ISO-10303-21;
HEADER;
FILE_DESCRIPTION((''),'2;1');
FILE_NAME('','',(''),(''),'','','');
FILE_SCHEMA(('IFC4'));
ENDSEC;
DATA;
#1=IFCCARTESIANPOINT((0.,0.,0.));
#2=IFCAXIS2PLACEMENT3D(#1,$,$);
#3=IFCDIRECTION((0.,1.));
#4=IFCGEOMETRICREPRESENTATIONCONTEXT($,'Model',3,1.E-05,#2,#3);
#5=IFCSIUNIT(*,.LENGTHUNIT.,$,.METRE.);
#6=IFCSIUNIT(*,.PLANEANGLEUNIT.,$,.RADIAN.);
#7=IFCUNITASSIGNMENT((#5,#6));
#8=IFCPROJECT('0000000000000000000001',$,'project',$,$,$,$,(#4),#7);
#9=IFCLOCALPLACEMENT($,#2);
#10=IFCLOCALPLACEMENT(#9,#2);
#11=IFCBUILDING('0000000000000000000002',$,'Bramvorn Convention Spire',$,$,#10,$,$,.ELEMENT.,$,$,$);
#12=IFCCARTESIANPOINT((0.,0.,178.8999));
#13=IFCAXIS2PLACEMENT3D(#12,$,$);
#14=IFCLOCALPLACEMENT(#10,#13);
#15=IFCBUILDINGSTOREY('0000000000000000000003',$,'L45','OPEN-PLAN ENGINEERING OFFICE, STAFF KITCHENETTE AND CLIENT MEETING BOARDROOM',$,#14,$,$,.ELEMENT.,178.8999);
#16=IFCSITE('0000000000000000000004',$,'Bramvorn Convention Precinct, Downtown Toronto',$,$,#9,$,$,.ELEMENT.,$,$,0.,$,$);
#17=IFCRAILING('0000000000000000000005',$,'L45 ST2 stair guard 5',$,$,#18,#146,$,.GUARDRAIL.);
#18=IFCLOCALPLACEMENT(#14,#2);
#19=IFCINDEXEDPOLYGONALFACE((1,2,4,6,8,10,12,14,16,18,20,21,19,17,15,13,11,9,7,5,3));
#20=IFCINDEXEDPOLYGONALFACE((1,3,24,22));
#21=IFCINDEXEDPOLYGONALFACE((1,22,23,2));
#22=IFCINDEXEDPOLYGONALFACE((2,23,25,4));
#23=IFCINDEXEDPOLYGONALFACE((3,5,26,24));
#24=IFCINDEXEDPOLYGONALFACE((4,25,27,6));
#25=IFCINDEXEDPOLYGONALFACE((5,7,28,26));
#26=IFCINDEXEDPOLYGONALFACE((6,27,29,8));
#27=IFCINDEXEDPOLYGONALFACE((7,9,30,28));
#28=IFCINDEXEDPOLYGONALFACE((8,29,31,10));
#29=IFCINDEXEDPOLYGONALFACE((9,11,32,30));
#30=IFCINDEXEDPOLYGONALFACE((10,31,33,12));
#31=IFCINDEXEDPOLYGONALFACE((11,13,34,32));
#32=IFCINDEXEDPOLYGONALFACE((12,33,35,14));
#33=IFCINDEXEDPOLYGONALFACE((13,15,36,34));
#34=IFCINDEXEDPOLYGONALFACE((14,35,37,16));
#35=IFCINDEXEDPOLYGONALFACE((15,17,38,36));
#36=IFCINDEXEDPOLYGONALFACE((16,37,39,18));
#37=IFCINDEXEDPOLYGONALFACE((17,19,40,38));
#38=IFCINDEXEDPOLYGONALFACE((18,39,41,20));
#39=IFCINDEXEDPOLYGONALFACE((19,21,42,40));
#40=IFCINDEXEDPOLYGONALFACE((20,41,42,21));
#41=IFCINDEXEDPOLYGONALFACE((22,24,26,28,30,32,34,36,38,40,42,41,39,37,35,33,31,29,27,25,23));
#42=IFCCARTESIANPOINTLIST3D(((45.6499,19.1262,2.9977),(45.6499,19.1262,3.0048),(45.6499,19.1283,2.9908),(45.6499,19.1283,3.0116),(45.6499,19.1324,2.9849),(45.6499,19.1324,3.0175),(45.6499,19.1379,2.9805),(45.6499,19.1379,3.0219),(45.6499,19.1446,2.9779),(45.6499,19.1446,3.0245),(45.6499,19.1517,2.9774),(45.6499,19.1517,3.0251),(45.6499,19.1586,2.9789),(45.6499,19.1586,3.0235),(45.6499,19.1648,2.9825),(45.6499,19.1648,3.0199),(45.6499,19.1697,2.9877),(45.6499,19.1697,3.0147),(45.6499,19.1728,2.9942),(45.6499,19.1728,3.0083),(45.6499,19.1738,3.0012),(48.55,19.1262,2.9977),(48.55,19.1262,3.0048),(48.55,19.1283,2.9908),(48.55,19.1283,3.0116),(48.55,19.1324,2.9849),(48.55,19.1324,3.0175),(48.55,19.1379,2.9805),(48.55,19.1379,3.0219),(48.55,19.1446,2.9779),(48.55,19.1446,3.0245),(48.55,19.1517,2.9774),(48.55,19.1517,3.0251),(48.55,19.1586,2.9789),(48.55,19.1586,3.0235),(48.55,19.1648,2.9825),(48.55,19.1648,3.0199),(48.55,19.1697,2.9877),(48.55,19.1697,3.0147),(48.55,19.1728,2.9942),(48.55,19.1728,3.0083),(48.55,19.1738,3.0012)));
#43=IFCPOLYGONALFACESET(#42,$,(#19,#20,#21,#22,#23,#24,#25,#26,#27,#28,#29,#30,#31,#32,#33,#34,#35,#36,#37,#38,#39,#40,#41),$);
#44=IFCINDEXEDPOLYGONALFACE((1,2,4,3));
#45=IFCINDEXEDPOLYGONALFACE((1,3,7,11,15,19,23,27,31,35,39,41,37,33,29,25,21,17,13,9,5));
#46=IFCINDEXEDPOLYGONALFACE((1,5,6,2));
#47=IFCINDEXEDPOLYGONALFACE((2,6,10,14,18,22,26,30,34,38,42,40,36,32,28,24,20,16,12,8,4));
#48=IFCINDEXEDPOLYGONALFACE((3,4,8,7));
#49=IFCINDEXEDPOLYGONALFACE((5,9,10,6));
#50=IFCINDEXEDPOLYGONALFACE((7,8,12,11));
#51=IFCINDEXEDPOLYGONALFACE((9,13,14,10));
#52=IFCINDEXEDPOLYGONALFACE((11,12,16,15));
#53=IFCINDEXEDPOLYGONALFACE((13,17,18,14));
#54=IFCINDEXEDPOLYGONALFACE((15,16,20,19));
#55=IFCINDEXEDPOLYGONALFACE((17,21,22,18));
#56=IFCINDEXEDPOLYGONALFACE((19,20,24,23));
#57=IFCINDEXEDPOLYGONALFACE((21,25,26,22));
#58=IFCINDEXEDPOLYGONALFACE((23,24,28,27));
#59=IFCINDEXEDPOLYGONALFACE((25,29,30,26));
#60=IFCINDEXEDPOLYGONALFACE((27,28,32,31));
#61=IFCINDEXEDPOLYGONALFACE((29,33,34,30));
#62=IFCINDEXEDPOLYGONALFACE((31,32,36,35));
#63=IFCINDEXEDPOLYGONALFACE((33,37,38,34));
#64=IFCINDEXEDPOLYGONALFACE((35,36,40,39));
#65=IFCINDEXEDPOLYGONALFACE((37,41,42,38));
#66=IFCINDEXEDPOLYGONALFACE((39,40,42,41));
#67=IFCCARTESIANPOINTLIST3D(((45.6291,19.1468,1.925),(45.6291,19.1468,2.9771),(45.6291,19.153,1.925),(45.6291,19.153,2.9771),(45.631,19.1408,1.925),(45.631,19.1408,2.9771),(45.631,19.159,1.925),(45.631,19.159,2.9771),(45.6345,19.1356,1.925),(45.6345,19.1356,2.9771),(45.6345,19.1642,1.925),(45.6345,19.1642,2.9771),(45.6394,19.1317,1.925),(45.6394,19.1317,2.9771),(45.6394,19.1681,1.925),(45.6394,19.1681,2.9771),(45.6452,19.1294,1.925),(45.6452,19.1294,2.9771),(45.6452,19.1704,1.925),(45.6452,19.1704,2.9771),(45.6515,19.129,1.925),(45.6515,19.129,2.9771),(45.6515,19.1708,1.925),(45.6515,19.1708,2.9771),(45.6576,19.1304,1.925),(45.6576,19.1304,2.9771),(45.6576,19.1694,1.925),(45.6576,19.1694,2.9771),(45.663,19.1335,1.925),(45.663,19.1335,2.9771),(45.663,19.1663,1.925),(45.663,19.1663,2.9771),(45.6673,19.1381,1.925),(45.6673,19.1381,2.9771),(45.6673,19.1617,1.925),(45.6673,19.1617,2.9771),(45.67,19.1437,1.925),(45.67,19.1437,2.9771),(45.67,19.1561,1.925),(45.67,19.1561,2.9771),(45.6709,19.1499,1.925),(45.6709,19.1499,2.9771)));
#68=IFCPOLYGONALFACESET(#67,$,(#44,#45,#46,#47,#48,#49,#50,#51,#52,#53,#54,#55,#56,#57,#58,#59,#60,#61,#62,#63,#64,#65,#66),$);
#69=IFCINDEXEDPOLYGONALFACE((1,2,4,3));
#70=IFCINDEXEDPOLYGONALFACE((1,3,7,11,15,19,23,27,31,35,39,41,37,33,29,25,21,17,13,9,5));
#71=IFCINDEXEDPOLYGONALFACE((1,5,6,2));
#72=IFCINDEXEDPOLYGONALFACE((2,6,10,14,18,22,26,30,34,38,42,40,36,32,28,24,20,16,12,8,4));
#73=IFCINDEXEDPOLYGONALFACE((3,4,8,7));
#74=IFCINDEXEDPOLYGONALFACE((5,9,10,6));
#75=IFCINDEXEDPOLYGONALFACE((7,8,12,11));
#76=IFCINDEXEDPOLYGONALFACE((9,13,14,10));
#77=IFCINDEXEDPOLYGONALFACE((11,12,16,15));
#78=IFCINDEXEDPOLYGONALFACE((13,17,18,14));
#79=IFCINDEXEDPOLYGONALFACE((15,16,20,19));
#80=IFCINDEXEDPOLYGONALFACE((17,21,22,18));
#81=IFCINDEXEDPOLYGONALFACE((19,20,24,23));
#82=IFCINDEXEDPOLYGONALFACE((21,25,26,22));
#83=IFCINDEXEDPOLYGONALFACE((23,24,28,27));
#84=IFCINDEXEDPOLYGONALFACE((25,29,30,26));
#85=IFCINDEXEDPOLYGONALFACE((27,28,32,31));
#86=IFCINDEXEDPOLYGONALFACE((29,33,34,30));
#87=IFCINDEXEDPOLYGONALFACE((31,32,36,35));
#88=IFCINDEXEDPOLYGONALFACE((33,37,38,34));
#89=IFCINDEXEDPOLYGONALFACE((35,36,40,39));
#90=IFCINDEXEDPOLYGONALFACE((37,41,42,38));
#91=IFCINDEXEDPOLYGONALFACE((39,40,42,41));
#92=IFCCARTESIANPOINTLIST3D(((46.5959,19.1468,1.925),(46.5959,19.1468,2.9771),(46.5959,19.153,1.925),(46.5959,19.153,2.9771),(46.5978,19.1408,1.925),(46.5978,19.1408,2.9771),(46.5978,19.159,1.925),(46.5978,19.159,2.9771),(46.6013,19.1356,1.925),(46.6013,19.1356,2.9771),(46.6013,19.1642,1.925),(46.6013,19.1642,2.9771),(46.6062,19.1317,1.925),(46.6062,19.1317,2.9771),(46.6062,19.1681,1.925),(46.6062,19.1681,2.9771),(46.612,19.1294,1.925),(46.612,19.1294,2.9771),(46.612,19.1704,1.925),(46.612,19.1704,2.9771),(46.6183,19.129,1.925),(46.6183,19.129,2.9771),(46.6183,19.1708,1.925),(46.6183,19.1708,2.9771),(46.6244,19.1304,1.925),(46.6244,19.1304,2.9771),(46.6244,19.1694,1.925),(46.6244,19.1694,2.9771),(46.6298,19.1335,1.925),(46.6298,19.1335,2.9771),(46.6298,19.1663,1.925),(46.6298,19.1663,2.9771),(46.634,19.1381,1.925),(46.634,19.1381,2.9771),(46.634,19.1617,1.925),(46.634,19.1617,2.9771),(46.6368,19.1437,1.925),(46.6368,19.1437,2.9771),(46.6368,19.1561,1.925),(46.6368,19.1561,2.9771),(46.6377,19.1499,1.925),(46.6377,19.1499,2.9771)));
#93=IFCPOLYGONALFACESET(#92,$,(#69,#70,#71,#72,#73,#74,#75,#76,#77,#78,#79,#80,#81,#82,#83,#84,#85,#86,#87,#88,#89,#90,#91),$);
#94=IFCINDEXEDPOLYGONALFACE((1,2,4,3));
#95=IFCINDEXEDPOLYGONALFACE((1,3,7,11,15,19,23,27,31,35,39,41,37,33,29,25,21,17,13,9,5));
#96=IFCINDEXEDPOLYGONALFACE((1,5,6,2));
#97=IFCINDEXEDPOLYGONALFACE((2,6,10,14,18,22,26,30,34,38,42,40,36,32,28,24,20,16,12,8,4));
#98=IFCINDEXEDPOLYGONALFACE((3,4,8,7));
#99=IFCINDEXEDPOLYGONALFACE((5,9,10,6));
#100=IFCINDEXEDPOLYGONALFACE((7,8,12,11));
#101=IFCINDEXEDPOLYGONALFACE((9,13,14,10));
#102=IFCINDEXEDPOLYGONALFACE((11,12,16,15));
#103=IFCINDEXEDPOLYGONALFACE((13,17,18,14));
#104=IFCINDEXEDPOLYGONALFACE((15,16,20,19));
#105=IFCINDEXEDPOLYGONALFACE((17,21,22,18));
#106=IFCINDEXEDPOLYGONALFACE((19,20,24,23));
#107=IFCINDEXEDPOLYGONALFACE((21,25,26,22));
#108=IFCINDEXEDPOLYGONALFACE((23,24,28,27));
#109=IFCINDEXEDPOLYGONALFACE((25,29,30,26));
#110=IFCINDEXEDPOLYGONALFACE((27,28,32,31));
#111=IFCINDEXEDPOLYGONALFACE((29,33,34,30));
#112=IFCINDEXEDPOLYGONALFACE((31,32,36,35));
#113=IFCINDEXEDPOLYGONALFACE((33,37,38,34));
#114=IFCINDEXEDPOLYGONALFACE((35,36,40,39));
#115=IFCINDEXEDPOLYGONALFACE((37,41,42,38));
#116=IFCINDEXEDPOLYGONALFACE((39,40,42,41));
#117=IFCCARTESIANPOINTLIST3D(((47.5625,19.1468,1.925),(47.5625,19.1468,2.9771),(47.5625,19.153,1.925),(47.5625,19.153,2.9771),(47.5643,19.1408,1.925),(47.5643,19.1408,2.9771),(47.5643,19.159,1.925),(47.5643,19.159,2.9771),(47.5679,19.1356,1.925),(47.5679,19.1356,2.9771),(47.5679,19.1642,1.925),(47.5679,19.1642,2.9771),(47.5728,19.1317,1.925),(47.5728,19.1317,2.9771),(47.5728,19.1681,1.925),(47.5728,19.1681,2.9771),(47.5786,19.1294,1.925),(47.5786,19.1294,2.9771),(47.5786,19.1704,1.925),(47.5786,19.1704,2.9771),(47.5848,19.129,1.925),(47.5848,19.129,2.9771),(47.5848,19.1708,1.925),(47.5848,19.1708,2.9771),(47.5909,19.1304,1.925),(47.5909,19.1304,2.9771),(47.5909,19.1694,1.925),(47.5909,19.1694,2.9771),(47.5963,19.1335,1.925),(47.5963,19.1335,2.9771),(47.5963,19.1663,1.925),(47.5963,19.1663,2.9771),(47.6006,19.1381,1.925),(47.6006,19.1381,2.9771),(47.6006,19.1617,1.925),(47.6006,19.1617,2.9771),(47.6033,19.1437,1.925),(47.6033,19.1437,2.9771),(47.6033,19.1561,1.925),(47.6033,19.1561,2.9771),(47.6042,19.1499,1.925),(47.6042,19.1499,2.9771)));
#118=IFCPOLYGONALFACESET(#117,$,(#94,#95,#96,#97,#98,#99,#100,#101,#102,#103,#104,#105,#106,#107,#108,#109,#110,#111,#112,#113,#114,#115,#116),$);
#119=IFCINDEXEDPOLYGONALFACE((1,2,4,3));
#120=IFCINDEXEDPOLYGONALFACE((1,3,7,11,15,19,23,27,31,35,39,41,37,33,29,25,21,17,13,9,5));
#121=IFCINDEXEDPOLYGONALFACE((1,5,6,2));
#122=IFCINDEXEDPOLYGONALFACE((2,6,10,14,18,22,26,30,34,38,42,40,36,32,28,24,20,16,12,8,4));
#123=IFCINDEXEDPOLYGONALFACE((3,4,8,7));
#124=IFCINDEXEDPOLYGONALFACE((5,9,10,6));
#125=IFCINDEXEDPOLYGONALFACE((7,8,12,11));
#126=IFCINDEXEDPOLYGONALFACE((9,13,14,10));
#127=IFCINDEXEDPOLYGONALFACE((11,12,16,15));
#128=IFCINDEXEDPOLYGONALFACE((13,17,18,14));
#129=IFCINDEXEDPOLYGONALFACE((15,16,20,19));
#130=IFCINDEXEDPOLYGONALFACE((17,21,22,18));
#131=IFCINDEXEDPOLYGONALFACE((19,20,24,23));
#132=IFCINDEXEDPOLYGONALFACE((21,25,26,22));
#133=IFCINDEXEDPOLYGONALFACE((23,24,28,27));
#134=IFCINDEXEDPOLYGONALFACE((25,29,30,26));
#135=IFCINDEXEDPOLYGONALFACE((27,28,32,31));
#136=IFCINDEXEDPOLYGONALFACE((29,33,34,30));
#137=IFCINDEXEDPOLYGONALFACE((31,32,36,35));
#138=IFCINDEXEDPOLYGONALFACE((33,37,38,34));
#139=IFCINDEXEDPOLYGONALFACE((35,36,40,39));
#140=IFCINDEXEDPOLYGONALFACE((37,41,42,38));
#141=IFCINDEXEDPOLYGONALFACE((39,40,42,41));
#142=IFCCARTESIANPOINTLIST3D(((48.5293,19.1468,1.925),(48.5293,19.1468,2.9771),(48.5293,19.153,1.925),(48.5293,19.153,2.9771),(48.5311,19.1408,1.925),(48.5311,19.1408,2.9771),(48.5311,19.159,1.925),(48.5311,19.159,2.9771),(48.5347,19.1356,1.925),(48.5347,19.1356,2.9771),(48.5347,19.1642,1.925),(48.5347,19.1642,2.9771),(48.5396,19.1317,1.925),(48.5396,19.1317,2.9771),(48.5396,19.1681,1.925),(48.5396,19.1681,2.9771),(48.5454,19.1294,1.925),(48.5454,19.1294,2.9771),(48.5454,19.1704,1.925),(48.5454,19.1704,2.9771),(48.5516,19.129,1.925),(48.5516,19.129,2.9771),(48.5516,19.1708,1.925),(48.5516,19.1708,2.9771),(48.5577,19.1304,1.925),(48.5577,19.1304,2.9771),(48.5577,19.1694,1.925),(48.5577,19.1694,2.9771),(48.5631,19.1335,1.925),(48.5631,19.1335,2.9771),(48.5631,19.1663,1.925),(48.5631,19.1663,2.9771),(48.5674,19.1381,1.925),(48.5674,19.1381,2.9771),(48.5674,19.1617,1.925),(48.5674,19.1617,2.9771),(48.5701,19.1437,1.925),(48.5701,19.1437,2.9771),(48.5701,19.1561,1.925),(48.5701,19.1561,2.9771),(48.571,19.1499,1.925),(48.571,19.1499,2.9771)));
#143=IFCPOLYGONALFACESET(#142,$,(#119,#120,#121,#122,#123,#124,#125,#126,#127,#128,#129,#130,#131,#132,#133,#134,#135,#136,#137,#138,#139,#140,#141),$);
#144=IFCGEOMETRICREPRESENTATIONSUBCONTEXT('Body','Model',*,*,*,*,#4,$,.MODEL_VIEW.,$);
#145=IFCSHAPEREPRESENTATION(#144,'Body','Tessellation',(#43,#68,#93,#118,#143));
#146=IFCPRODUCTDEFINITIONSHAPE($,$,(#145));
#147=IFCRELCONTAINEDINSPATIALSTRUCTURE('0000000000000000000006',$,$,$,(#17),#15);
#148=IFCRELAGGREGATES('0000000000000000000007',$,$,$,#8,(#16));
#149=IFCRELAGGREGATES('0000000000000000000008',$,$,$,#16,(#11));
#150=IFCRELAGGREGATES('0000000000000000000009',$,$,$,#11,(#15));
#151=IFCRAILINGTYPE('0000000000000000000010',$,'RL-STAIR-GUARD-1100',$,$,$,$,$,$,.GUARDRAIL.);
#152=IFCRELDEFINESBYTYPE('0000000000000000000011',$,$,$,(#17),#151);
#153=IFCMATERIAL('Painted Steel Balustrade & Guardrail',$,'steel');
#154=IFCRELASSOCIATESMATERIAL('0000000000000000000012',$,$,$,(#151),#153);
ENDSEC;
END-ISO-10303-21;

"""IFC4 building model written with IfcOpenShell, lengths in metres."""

from ifc_helpers import new_model, si_unit, direction, frame, origin, origin_2d, place, context, subcontext, project, spatial, circle, extrude, material, type_object, element, save


model = new_model("IFC4")

# Units and contexts
model_context = context("Model", 3, precision=1e-05, world=origin(), true_north=direction((0.0, 1.0)))
body_context = subcontext(model_context, "Body", "Model", "MODEL_VIEW")
ifc_project = project(units=[si_unit("LENGTHUNIT", "METRE"), si_unit("PLANEANGLEUNIT", "RADIAN")], contexts=[model_context])

# Site, building, storey
site_placement = place(None, origin())
site = spatial("IfcSite", under=ifc_project, at=site_placement, Name="Bramvorn Convention Precinct, Downtown Toronto", CompositionType="ELEMENT", RefElevation=0.0)
building_placement = place(site_placement, origin())
building = spatial("IfcBuilding", under=site, at=building_placement, Name="Bramvorn Convention Spire", CompositionType="ELEMENT")
storey_placement = place(building_placement, frame((0.0, 0.0, 178.8999)))
storey = spatial("IfcBuildingStorey", under=building, at=storey_placement, Name="L45", Description="OPEN-PLAN ENGINEERING OFFICE, STAFF KITCHENETTE AND CLIENT MEETING BOARDROOM", CompositionType="ELEMENT", Elevation=178.8999)

# Railing
ifc_material_1 = material(Name="Painted Steel Balustrade & Guardrail", Category="steel")
railing_type = type_object("IfcRailingType", Name="RL-STAIR-GUARD-1100", PredefinedType="GUARDRAIL", material=ifc_material_1)
railing_1_placement = place(storey_placement, frame((45.6499, 19.1499, 1.925)))
element("IfcRailing", 1, at=railing_1_placement, inside=storey, type_object=railing_type, Name="L45 ST2 stair guard 5", PredefinedType="GUARDRAIL", context=body_context, shape_type="SweptSolid", body=[
    extrude(circle(Radius=0.0239, at=origin_2d()), frame((0.0, 0.0, 1.0762), z_axis=(1.0, 0.0, 0.0), x_axis=(0.0, 1.0, 0.0)), (0.0, 0.0, 1.0), 2.9001),
    extrude(circle(Radius=0.021, at=origin_2d()), origin(), (0.0, 0.0, 1.0), 1.052),
    extrude(circle(Radius=0.021, at=origin_2d()), frame((0.9668, 0.0, 0.0)), (0.0, 0.0, 1.0), 1.052),
    extrude(circle(Radius=0.021, at=origin_2d()), frame((1.9333, 0.0, 0.0)), (0.0, 0.0, 1.0), 1.052),
    extrude(circle(Radius=0.021, at=origin_2d()), frame((2.9001, 0.0, 0.0)), (0.0, 0.0, 1.0), 1.052),
])

save(model, "model.ifc")
